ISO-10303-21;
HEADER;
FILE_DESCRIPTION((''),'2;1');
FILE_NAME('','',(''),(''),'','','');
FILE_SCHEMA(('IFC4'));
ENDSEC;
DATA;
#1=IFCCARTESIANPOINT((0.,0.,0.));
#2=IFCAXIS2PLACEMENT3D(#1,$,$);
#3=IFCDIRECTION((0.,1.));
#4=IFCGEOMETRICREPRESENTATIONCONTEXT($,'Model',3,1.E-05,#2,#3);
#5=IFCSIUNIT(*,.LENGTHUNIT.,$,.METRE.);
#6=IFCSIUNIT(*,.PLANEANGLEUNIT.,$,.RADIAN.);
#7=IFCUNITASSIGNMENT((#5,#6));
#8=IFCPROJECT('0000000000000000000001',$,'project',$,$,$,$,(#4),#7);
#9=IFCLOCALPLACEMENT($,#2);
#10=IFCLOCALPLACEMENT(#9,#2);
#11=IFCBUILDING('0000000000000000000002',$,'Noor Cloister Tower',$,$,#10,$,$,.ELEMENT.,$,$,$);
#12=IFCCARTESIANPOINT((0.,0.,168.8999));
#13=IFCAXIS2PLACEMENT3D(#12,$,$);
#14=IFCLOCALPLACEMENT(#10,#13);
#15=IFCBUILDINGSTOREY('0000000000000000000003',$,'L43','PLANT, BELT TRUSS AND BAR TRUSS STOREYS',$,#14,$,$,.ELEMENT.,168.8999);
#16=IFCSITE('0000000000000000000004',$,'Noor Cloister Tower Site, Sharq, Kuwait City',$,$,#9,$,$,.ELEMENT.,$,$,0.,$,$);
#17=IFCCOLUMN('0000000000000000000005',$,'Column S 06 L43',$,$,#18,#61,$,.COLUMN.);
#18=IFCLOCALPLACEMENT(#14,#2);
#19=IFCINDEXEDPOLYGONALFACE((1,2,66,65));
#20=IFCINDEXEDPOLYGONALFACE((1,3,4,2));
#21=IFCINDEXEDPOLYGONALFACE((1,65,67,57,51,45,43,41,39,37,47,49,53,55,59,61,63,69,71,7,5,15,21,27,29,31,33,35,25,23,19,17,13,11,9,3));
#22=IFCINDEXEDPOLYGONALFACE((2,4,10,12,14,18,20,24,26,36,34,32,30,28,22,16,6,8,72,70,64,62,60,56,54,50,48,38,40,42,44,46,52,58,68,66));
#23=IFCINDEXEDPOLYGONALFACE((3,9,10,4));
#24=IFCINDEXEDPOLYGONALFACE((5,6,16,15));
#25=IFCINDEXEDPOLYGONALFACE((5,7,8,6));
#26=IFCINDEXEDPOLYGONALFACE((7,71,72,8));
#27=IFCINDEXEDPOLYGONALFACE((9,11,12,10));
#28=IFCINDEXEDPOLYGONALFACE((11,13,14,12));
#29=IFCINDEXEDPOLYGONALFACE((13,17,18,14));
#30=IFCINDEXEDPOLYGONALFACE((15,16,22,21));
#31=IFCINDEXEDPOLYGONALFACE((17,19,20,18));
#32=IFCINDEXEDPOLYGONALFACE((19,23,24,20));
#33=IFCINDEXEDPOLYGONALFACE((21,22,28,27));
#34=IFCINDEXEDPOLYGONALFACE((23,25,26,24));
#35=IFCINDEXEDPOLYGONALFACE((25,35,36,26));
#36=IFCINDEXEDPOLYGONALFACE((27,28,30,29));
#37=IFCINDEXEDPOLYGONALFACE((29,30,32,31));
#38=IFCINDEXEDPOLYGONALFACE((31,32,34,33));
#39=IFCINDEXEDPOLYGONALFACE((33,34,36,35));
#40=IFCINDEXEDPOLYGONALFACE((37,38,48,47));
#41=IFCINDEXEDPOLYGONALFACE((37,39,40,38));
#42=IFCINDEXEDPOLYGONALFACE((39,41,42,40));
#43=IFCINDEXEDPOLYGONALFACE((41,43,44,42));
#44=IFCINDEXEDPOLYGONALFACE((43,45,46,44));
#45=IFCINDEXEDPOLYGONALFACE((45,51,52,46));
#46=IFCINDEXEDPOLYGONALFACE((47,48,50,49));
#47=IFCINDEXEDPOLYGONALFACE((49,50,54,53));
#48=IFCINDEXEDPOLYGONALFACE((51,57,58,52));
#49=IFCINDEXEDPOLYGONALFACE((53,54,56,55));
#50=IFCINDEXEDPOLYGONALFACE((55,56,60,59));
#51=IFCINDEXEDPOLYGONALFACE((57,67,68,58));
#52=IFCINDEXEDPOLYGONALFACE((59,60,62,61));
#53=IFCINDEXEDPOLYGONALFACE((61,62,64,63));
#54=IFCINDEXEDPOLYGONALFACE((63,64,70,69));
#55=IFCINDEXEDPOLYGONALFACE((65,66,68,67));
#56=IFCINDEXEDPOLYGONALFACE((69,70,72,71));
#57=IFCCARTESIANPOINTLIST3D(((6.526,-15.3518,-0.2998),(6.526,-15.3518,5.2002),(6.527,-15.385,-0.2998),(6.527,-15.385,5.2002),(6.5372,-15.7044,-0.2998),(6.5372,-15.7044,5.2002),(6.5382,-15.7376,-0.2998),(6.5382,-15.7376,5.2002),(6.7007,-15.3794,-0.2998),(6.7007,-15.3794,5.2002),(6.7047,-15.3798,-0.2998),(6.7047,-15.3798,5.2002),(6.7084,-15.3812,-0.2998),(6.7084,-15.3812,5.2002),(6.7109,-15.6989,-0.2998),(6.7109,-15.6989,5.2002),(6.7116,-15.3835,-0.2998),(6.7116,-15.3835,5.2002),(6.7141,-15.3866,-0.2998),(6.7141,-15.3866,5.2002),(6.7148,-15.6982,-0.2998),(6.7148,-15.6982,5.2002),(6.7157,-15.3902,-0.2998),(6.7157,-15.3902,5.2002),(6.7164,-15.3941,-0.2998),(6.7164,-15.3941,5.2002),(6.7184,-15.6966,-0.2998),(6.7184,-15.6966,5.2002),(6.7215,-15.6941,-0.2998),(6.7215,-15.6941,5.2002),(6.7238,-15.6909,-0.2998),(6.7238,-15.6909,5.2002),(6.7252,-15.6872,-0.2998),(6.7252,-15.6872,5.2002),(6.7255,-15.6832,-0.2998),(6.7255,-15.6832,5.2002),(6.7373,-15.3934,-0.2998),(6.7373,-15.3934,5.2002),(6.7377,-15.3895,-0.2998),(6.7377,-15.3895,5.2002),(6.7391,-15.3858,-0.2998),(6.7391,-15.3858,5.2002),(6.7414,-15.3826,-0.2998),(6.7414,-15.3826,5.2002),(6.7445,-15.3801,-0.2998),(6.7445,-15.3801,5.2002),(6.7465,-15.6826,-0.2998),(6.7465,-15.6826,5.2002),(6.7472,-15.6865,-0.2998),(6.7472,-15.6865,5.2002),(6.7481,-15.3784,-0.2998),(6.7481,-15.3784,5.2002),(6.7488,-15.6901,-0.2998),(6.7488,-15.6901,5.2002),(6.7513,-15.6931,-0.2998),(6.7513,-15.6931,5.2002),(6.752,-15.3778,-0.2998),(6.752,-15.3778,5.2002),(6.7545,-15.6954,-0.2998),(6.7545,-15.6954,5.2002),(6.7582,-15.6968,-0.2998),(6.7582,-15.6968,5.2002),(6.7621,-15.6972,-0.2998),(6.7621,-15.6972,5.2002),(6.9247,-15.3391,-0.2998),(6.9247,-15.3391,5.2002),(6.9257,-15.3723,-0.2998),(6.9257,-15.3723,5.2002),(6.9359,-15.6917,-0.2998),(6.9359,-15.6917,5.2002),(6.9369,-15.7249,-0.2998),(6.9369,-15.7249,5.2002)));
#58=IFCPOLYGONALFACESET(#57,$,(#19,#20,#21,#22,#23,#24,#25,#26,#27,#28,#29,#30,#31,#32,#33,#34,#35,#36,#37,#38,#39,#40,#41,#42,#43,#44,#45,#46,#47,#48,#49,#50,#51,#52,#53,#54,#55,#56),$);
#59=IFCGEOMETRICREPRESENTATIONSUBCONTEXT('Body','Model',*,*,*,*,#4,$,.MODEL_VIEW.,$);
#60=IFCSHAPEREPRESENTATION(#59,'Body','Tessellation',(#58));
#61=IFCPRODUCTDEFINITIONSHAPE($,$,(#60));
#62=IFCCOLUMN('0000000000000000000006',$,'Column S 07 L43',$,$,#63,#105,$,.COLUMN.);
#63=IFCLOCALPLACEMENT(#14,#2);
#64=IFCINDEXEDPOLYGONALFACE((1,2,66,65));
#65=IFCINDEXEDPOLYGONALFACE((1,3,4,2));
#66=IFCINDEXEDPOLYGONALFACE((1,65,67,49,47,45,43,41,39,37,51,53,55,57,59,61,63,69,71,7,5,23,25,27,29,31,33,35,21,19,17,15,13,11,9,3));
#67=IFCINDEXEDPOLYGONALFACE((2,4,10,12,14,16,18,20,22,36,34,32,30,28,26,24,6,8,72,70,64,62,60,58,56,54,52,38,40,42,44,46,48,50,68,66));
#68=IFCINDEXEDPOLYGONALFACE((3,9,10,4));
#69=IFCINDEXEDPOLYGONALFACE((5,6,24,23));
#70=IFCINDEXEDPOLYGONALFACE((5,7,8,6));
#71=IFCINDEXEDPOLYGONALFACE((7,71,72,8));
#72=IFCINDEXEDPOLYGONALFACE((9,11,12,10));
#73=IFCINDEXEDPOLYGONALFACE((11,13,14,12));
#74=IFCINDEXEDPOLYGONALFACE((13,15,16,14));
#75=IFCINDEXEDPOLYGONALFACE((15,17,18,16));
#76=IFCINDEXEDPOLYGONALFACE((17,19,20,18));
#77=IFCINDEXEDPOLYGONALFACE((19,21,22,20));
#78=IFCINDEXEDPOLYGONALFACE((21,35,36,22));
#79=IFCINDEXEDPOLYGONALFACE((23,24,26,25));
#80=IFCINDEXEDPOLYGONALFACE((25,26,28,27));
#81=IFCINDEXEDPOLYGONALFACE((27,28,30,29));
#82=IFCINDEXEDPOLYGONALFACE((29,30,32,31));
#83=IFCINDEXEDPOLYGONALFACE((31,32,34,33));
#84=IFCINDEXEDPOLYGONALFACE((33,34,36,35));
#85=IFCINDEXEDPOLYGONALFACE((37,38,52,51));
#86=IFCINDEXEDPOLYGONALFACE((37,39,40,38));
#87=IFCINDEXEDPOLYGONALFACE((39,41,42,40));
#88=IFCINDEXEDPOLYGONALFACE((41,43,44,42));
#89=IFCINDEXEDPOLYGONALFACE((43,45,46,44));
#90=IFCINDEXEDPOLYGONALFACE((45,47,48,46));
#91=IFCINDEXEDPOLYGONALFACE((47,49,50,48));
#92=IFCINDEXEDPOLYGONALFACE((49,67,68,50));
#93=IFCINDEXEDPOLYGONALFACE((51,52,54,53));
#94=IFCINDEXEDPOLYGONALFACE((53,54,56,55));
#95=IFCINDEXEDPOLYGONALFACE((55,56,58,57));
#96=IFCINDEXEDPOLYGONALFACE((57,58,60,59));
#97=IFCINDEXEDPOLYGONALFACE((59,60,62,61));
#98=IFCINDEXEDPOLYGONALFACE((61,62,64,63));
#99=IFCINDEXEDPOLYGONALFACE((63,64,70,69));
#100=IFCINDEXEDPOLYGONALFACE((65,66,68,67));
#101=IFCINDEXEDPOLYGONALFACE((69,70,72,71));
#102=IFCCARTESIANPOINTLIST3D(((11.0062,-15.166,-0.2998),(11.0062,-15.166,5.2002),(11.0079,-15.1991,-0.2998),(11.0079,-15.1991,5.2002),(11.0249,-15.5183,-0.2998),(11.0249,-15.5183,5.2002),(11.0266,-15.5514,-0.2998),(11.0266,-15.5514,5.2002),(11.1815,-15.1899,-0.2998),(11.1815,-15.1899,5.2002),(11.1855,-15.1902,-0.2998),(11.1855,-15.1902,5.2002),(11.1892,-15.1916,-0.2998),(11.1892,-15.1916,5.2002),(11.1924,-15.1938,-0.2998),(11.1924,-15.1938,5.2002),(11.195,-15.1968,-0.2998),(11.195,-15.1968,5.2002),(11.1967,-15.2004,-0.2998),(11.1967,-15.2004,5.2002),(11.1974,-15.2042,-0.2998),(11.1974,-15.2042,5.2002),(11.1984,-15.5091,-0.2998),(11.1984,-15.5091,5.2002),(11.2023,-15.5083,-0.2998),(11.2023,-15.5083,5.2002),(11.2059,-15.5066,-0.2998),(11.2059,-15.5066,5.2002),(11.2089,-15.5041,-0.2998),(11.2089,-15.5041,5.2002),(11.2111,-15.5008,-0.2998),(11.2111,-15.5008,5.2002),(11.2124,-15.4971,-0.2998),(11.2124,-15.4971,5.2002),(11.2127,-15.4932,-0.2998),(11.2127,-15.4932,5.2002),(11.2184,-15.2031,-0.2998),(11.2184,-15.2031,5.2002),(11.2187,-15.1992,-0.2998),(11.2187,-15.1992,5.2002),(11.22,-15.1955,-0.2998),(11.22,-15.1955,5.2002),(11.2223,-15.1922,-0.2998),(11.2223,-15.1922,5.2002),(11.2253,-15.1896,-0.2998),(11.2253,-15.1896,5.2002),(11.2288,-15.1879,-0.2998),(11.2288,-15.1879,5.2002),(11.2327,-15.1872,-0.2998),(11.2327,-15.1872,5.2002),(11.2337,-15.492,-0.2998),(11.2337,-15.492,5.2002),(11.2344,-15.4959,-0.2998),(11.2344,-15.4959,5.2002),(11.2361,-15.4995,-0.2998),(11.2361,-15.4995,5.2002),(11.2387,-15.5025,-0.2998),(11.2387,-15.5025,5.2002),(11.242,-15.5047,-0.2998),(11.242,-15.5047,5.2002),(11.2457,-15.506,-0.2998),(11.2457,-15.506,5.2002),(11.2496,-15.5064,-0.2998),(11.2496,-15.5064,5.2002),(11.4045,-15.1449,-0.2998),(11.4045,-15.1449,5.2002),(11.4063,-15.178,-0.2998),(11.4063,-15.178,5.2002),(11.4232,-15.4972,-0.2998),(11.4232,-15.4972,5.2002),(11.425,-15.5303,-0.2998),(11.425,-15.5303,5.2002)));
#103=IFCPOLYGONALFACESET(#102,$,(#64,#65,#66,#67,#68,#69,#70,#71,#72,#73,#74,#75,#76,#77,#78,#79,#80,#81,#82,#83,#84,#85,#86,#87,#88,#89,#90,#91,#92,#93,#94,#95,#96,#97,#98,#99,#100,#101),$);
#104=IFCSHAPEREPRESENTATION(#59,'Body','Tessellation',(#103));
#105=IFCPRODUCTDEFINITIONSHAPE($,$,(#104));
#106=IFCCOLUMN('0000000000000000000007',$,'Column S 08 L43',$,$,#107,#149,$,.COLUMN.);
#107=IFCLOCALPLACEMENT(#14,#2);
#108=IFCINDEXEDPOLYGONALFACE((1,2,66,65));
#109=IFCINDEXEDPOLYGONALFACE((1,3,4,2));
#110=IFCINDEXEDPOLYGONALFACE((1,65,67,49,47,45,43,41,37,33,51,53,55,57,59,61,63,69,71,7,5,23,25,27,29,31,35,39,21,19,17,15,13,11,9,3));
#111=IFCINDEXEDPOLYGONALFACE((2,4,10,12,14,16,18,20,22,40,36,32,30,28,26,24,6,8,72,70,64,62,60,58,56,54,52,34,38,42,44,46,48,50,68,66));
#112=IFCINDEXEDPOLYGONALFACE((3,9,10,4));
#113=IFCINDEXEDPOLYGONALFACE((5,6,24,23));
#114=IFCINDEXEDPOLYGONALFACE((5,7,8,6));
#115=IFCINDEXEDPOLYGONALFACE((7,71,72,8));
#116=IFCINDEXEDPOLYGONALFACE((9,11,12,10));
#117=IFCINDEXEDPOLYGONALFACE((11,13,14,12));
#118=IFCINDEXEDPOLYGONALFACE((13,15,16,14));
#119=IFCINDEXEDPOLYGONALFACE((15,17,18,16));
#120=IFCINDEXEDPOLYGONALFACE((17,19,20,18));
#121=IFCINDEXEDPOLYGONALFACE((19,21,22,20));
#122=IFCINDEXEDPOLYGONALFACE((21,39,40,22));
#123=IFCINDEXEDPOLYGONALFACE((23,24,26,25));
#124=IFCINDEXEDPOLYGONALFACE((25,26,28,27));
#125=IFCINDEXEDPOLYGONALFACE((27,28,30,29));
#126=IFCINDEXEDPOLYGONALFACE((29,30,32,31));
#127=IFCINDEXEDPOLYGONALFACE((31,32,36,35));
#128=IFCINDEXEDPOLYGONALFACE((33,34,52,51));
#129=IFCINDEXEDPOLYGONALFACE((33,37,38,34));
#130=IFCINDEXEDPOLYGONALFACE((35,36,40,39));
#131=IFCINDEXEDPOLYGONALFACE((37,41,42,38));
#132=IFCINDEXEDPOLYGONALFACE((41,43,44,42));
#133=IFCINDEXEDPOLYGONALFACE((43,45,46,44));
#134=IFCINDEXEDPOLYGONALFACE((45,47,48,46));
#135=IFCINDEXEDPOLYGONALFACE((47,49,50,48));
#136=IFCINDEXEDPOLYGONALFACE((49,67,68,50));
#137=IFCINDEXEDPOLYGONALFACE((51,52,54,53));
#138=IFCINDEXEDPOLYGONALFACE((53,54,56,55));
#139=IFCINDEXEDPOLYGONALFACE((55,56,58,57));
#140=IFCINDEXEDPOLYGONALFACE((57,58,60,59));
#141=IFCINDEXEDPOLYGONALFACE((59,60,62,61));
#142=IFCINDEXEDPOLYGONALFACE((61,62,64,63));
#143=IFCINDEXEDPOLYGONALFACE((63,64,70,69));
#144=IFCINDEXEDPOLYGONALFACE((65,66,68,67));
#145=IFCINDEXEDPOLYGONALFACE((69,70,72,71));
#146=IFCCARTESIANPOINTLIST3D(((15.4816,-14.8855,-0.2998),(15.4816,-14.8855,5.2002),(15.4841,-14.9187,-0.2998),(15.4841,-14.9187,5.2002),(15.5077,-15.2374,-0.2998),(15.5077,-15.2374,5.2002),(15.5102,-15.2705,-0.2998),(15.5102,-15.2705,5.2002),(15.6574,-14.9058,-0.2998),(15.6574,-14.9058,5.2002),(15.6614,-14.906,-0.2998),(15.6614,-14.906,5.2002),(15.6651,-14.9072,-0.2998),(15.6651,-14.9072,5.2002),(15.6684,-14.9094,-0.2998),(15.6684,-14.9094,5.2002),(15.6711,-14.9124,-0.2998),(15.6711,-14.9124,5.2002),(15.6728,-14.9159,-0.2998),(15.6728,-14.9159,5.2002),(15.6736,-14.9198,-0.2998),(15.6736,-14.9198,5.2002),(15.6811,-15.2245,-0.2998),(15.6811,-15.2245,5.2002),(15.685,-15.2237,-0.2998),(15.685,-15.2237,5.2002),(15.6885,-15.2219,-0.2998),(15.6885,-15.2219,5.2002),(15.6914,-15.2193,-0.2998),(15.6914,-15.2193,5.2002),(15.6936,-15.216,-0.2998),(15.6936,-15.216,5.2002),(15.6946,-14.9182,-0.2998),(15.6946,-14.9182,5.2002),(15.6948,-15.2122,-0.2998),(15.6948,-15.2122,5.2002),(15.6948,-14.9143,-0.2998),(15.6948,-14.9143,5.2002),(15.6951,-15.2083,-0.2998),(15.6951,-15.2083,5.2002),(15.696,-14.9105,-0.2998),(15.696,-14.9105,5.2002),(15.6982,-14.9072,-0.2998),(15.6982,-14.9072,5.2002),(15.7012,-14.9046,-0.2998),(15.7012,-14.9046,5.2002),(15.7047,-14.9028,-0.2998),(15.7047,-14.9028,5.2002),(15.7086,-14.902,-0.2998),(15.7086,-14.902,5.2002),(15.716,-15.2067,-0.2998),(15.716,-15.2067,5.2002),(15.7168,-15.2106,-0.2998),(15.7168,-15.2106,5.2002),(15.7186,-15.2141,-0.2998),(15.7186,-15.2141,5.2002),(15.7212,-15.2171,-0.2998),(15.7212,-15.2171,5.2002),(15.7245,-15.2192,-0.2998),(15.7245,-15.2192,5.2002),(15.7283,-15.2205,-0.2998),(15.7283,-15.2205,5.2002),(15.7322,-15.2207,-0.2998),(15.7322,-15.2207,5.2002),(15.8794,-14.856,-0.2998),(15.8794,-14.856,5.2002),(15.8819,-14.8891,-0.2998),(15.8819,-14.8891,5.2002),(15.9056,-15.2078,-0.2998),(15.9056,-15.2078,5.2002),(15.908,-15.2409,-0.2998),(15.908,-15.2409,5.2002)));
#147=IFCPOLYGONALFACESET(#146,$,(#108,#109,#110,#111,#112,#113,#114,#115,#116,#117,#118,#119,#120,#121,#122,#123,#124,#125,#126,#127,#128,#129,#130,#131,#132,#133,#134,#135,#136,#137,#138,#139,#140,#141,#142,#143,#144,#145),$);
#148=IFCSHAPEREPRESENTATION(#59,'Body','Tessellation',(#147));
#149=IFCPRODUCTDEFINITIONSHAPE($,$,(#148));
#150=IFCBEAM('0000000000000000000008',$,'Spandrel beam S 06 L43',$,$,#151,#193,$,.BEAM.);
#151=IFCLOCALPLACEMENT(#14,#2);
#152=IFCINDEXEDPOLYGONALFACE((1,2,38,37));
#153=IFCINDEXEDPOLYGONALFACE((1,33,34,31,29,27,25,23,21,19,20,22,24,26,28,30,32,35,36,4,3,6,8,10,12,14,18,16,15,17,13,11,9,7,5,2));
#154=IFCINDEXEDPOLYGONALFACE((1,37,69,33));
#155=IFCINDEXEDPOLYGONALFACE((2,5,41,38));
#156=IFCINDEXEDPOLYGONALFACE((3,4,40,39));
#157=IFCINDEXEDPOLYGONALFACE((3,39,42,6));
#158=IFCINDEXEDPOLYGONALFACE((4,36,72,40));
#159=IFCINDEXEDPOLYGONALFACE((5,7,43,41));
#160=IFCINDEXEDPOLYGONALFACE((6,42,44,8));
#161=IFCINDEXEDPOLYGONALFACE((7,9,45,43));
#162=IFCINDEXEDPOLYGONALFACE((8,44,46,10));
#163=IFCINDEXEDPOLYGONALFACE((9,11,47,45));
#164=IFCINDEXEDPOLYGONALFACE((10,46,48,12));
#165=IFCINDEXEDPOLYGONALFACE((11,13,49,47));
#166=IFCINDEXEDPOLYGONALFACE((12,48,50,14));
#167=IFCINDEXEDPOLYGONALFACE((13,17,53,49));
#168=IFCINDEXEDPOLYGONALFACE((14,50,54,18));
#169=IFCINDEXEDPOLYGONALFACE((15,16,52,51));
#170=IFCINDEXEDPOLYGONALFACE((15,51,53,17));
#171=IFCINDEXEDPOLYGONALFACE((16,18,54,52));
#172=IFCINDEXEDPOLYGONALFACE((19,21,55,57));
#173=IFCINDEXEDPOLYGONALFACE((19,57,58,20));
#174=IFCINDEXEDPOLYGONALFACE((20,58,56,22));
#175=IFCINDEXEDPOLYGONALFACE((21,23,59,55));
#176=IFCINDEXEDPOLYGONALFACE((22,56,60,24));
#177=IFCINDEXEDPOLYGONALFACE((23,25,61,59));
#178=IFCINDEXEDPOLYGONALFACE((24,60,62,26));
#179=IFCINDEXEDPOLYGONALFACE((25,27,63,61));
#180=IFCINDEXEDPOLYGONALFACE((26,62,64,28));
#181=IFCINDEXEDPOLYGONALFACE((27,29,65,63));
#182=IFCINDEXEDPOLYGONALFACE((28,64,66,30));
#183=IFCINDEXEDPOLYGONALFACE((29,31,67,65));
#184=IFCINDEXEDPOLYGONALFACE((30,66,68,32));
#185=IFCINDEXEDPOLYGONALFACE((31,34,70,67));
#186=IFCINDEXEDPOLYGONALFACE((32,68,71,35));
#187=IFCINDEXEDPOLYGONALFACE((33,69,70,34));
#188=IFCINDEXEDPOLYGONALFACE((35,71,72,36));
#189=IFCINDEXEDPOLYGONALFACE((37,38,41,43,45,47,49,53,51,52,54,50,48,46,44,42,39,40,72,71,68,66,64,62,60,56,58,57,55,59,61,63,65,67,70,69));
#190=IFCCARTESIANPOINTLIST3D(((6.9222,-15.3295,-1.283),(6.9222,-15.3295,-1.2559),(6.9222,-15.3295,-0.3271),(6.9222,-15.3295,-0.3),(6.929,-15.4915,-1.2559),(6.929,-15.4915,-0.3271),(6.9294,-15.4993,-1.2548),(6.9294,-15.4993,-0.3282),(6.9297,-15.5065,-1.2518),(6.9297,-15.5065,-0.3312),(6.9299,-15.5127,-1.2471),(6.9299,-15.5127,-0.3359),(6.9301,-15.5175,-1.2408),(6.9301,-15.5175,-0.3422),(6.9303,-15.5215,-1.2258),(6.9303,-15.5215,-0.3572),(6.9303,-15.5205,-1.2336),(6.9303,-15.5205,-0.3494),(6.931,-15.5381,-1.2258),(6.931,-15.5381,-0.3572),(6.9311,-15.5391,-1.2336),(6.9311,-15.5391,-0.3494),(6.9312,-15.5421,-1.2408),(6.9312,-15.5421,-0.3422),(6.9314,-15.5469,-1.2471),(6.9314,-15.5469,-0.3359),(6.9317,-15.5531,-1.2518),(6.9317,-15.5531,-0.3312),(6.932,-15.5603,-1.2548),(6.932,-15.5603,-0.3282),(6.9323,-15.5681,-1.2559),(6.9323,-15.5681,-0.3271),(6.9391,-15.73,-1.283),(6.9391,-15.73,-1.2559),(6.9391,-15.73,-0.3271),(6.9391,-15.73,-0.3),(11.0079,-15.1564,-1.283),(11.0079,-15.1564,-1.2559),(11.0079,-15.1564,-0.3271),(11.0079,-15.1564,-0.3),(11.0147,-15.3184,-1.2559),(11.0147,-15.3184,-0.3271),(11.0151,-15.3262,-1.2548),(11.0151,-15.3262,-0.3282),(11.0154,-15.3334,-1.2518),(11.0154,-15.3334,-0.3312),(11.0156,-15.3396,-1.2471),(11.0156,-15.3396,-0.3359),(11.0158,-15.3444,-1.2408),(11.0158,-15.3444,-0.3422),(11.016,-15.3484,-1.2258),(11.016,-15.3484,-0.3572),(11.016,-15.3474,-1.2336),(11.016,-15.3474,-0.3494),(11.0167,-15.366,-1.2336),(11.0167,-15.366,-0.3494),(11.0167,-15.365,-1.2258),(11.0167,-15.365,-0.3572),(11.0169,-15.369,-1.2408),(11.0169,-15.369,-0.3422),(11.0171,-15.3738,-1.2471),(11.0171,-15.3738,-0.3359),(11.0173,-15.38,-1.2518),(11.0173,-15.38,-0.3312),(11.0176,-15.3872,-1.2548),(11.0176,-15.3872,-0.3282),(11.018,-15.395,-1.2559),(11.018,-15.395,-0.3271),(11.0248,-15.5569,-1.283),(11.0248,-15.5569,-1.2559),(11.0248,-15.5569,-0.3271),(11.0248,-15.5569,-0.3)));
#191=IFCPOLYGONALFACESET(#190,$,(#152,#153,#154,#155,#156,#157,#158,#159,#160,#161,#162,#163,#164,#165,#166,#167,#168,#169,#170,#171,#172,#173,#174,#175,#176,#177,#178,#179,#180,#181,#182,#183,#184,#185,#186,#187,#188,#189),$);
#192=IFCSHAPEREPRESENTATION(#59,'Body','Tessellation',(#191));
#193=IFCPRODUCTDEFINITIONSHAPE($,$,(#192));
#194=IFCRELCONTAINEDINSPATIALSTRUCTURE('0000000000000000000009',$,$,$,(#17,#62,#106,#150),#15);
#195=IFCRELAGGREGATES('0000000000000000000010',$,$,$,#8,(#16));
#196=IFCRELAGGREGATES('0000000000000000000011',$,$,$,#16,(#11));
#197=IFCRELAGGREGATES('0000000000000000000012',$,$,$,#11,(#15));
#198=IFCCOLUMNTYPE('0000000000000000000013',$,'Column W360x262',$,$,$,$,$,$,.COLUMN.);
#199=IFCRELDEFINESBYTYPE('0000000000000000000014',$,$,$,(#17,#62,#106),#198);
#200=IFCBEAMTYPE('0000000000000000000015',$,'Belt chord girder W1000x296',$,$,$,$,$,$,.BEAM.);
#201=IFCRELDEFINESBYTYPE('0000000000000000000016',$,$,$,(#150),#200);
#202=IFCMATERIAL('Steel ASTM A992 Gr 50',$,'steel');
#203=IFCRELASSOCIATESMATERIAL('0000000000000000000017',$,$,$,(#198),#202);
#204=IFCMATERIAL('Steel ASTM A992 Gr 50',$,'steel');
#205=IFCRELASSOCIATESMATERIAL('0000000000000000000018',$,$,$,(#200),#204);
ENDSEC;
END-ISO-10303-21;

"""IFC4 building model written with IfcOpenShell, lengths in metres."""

from ifc_helpers import new_model, si_unit, direction, frame, origin, origin_2d, place, context, subcontext, project, spatial, i_section, extrude, material, material_profile, profile_set, type_object, element, save


model = new_model("IFC4")

# Units and contexts
model_context = context("Model", 3, precision=1e-05, world=origin(), true_north=direction((0.0, 1.0)))
body_context = subcontext(model_context, "Body", "Model", "MODEL_VIEW")
ifc_project = project(units=[si_unit("LENGTHUNIT", "METRE"), si_unit("PLANEANGLEUNIT", "RADIAN")], contexts=[model_context])

# Site, building, storey
site_placement = place(None, origin())
site = spatial("IfcSite", under=ifc_project, at=site_placement, Name="Noor Cloister Tower Site, Sharq, Kuwait City", CompositionType="ELEMENT", RefElevation=0.0)
building_placement = place(site_placement, origin())
building = spatial("IfcBuilding", under=site, at=building_placement, Name="Noor Cloister Tower", CompositionType="ELEMENT")
storey_placement = place(building_placement, frame((0.0, 0.0, 168.8999)))
storey = spatial("IfcBuildingStorey", under=building, at=storey_placement, Name="L43", Description="PLANT, BELT TRUSS AND BAR TRUSS STOREYS", CompositionType="ELEMENT", Elevation=168.8999)

# Columns
ifc_material_1 = material(Name="Steel ASTM A992 Gr 50", Category="steel")
ifc_material_profile_1 = material_profile(ifc_material_1, i_section(OverallWidth=0.3989, OverallDepth=0.386, WebThickness=0.021, FlangeThickness=0.0332, FilletRadius=0.0151, at=origin_2d()), Name="W360x262")
ifc_profile_set_1 = profile_set([ifc_material_profile_1], Name="Steel ASTM A992 Gr 50")
column_type = type_object("IfcColumnType", Name="Column W360x262", PredefinedType="COLUMN", material=ifc_profile_set_1)
for number, where, z_axis, x_axis, name in (
    (1, (6.7314, -15.5383, -0.2998), (0.0, 0.0, 1.0), (0.999495, 0.031767, 0.0), "Column S 06 L43"),
    (2, (11.2156, -15.3481, -0.2998), (0.0, 0.0, 1.0), (0.998598, 0.052929, 0.0), "Column S 07 L43"),
    (3, (15.6948, -15.0632, -0.2998), (0.0, 0.0, 1.0), (0.997253, 0.074068, 0.0), "Column S 08 L43"),
):
    element("IfcColumn", number, at=place(storey_placement, frame(where, z_axis=z_axis, x_axis=x_axis)), inside=storey, type_object=column_type, Name=name, PredefinedType="COLUMN", context=body_context, shape_type="SweptSolid", body=[
        extrude(i_section(OverallWidth=0.3989, OverallDepth=0.386, WebThickness=0.021, FlangeThickness=0.0332, FilletRadius=0.0151, at=origin_2d()), origin(), (0.0, 0.0, 1.0), 5.5),
    ])

# Beam
ifc_material_2 = material(Name="Steel ASTM A992 Gr 50", Category="steel")
ifc_material_profile_2 = material_profile(ifc_material_2, i_section(OverallWidth=0.4009, OverallDepth=0.9829, WebThickness=0.0166, FlangeThickness=0.0271, FilletRadius=0.03, at=origin_2d()), Name="W1000x296")
ifc_profile_set_2 = profile_set([ifc_material_profile_2], Name="Steel ASTM A992 Gr 50")
beam_type_1 = type_object("IfcBeamType", Name="Belt chord girder W1000x296", PredefinedType="BEAM", material=ifc_profile_set_2)
for number, where, z_axis, x_axis, name in (
    (4, (6.9307, -15.5298, -0.7915), (0.999104, 0.042328, 0.0), (-0.042328, 0.999104, 0.0), "Spandrel beam S 06 L43"),
):
    element("IfcBeam", number, at=place(storey_placement, frame(where, z_axis=z_axis, x_axis=x_axis)), inside=storey, type_object=beam_type_1, Name=name, PredefinedType="BEAM", context=body_context, shape_type="SweptSolid", body=[
        extrude(i_section(OverallWidth=0.4009, OverallDepth=0.9829, WebThickness=0.0166, FlangeThickness=0.0271, FilletRadius=0.03, at=origin_2d()), origin(), (0.0, 0.0, 1.0), 4.0894),
    ])

save(model, "model.ifc")
